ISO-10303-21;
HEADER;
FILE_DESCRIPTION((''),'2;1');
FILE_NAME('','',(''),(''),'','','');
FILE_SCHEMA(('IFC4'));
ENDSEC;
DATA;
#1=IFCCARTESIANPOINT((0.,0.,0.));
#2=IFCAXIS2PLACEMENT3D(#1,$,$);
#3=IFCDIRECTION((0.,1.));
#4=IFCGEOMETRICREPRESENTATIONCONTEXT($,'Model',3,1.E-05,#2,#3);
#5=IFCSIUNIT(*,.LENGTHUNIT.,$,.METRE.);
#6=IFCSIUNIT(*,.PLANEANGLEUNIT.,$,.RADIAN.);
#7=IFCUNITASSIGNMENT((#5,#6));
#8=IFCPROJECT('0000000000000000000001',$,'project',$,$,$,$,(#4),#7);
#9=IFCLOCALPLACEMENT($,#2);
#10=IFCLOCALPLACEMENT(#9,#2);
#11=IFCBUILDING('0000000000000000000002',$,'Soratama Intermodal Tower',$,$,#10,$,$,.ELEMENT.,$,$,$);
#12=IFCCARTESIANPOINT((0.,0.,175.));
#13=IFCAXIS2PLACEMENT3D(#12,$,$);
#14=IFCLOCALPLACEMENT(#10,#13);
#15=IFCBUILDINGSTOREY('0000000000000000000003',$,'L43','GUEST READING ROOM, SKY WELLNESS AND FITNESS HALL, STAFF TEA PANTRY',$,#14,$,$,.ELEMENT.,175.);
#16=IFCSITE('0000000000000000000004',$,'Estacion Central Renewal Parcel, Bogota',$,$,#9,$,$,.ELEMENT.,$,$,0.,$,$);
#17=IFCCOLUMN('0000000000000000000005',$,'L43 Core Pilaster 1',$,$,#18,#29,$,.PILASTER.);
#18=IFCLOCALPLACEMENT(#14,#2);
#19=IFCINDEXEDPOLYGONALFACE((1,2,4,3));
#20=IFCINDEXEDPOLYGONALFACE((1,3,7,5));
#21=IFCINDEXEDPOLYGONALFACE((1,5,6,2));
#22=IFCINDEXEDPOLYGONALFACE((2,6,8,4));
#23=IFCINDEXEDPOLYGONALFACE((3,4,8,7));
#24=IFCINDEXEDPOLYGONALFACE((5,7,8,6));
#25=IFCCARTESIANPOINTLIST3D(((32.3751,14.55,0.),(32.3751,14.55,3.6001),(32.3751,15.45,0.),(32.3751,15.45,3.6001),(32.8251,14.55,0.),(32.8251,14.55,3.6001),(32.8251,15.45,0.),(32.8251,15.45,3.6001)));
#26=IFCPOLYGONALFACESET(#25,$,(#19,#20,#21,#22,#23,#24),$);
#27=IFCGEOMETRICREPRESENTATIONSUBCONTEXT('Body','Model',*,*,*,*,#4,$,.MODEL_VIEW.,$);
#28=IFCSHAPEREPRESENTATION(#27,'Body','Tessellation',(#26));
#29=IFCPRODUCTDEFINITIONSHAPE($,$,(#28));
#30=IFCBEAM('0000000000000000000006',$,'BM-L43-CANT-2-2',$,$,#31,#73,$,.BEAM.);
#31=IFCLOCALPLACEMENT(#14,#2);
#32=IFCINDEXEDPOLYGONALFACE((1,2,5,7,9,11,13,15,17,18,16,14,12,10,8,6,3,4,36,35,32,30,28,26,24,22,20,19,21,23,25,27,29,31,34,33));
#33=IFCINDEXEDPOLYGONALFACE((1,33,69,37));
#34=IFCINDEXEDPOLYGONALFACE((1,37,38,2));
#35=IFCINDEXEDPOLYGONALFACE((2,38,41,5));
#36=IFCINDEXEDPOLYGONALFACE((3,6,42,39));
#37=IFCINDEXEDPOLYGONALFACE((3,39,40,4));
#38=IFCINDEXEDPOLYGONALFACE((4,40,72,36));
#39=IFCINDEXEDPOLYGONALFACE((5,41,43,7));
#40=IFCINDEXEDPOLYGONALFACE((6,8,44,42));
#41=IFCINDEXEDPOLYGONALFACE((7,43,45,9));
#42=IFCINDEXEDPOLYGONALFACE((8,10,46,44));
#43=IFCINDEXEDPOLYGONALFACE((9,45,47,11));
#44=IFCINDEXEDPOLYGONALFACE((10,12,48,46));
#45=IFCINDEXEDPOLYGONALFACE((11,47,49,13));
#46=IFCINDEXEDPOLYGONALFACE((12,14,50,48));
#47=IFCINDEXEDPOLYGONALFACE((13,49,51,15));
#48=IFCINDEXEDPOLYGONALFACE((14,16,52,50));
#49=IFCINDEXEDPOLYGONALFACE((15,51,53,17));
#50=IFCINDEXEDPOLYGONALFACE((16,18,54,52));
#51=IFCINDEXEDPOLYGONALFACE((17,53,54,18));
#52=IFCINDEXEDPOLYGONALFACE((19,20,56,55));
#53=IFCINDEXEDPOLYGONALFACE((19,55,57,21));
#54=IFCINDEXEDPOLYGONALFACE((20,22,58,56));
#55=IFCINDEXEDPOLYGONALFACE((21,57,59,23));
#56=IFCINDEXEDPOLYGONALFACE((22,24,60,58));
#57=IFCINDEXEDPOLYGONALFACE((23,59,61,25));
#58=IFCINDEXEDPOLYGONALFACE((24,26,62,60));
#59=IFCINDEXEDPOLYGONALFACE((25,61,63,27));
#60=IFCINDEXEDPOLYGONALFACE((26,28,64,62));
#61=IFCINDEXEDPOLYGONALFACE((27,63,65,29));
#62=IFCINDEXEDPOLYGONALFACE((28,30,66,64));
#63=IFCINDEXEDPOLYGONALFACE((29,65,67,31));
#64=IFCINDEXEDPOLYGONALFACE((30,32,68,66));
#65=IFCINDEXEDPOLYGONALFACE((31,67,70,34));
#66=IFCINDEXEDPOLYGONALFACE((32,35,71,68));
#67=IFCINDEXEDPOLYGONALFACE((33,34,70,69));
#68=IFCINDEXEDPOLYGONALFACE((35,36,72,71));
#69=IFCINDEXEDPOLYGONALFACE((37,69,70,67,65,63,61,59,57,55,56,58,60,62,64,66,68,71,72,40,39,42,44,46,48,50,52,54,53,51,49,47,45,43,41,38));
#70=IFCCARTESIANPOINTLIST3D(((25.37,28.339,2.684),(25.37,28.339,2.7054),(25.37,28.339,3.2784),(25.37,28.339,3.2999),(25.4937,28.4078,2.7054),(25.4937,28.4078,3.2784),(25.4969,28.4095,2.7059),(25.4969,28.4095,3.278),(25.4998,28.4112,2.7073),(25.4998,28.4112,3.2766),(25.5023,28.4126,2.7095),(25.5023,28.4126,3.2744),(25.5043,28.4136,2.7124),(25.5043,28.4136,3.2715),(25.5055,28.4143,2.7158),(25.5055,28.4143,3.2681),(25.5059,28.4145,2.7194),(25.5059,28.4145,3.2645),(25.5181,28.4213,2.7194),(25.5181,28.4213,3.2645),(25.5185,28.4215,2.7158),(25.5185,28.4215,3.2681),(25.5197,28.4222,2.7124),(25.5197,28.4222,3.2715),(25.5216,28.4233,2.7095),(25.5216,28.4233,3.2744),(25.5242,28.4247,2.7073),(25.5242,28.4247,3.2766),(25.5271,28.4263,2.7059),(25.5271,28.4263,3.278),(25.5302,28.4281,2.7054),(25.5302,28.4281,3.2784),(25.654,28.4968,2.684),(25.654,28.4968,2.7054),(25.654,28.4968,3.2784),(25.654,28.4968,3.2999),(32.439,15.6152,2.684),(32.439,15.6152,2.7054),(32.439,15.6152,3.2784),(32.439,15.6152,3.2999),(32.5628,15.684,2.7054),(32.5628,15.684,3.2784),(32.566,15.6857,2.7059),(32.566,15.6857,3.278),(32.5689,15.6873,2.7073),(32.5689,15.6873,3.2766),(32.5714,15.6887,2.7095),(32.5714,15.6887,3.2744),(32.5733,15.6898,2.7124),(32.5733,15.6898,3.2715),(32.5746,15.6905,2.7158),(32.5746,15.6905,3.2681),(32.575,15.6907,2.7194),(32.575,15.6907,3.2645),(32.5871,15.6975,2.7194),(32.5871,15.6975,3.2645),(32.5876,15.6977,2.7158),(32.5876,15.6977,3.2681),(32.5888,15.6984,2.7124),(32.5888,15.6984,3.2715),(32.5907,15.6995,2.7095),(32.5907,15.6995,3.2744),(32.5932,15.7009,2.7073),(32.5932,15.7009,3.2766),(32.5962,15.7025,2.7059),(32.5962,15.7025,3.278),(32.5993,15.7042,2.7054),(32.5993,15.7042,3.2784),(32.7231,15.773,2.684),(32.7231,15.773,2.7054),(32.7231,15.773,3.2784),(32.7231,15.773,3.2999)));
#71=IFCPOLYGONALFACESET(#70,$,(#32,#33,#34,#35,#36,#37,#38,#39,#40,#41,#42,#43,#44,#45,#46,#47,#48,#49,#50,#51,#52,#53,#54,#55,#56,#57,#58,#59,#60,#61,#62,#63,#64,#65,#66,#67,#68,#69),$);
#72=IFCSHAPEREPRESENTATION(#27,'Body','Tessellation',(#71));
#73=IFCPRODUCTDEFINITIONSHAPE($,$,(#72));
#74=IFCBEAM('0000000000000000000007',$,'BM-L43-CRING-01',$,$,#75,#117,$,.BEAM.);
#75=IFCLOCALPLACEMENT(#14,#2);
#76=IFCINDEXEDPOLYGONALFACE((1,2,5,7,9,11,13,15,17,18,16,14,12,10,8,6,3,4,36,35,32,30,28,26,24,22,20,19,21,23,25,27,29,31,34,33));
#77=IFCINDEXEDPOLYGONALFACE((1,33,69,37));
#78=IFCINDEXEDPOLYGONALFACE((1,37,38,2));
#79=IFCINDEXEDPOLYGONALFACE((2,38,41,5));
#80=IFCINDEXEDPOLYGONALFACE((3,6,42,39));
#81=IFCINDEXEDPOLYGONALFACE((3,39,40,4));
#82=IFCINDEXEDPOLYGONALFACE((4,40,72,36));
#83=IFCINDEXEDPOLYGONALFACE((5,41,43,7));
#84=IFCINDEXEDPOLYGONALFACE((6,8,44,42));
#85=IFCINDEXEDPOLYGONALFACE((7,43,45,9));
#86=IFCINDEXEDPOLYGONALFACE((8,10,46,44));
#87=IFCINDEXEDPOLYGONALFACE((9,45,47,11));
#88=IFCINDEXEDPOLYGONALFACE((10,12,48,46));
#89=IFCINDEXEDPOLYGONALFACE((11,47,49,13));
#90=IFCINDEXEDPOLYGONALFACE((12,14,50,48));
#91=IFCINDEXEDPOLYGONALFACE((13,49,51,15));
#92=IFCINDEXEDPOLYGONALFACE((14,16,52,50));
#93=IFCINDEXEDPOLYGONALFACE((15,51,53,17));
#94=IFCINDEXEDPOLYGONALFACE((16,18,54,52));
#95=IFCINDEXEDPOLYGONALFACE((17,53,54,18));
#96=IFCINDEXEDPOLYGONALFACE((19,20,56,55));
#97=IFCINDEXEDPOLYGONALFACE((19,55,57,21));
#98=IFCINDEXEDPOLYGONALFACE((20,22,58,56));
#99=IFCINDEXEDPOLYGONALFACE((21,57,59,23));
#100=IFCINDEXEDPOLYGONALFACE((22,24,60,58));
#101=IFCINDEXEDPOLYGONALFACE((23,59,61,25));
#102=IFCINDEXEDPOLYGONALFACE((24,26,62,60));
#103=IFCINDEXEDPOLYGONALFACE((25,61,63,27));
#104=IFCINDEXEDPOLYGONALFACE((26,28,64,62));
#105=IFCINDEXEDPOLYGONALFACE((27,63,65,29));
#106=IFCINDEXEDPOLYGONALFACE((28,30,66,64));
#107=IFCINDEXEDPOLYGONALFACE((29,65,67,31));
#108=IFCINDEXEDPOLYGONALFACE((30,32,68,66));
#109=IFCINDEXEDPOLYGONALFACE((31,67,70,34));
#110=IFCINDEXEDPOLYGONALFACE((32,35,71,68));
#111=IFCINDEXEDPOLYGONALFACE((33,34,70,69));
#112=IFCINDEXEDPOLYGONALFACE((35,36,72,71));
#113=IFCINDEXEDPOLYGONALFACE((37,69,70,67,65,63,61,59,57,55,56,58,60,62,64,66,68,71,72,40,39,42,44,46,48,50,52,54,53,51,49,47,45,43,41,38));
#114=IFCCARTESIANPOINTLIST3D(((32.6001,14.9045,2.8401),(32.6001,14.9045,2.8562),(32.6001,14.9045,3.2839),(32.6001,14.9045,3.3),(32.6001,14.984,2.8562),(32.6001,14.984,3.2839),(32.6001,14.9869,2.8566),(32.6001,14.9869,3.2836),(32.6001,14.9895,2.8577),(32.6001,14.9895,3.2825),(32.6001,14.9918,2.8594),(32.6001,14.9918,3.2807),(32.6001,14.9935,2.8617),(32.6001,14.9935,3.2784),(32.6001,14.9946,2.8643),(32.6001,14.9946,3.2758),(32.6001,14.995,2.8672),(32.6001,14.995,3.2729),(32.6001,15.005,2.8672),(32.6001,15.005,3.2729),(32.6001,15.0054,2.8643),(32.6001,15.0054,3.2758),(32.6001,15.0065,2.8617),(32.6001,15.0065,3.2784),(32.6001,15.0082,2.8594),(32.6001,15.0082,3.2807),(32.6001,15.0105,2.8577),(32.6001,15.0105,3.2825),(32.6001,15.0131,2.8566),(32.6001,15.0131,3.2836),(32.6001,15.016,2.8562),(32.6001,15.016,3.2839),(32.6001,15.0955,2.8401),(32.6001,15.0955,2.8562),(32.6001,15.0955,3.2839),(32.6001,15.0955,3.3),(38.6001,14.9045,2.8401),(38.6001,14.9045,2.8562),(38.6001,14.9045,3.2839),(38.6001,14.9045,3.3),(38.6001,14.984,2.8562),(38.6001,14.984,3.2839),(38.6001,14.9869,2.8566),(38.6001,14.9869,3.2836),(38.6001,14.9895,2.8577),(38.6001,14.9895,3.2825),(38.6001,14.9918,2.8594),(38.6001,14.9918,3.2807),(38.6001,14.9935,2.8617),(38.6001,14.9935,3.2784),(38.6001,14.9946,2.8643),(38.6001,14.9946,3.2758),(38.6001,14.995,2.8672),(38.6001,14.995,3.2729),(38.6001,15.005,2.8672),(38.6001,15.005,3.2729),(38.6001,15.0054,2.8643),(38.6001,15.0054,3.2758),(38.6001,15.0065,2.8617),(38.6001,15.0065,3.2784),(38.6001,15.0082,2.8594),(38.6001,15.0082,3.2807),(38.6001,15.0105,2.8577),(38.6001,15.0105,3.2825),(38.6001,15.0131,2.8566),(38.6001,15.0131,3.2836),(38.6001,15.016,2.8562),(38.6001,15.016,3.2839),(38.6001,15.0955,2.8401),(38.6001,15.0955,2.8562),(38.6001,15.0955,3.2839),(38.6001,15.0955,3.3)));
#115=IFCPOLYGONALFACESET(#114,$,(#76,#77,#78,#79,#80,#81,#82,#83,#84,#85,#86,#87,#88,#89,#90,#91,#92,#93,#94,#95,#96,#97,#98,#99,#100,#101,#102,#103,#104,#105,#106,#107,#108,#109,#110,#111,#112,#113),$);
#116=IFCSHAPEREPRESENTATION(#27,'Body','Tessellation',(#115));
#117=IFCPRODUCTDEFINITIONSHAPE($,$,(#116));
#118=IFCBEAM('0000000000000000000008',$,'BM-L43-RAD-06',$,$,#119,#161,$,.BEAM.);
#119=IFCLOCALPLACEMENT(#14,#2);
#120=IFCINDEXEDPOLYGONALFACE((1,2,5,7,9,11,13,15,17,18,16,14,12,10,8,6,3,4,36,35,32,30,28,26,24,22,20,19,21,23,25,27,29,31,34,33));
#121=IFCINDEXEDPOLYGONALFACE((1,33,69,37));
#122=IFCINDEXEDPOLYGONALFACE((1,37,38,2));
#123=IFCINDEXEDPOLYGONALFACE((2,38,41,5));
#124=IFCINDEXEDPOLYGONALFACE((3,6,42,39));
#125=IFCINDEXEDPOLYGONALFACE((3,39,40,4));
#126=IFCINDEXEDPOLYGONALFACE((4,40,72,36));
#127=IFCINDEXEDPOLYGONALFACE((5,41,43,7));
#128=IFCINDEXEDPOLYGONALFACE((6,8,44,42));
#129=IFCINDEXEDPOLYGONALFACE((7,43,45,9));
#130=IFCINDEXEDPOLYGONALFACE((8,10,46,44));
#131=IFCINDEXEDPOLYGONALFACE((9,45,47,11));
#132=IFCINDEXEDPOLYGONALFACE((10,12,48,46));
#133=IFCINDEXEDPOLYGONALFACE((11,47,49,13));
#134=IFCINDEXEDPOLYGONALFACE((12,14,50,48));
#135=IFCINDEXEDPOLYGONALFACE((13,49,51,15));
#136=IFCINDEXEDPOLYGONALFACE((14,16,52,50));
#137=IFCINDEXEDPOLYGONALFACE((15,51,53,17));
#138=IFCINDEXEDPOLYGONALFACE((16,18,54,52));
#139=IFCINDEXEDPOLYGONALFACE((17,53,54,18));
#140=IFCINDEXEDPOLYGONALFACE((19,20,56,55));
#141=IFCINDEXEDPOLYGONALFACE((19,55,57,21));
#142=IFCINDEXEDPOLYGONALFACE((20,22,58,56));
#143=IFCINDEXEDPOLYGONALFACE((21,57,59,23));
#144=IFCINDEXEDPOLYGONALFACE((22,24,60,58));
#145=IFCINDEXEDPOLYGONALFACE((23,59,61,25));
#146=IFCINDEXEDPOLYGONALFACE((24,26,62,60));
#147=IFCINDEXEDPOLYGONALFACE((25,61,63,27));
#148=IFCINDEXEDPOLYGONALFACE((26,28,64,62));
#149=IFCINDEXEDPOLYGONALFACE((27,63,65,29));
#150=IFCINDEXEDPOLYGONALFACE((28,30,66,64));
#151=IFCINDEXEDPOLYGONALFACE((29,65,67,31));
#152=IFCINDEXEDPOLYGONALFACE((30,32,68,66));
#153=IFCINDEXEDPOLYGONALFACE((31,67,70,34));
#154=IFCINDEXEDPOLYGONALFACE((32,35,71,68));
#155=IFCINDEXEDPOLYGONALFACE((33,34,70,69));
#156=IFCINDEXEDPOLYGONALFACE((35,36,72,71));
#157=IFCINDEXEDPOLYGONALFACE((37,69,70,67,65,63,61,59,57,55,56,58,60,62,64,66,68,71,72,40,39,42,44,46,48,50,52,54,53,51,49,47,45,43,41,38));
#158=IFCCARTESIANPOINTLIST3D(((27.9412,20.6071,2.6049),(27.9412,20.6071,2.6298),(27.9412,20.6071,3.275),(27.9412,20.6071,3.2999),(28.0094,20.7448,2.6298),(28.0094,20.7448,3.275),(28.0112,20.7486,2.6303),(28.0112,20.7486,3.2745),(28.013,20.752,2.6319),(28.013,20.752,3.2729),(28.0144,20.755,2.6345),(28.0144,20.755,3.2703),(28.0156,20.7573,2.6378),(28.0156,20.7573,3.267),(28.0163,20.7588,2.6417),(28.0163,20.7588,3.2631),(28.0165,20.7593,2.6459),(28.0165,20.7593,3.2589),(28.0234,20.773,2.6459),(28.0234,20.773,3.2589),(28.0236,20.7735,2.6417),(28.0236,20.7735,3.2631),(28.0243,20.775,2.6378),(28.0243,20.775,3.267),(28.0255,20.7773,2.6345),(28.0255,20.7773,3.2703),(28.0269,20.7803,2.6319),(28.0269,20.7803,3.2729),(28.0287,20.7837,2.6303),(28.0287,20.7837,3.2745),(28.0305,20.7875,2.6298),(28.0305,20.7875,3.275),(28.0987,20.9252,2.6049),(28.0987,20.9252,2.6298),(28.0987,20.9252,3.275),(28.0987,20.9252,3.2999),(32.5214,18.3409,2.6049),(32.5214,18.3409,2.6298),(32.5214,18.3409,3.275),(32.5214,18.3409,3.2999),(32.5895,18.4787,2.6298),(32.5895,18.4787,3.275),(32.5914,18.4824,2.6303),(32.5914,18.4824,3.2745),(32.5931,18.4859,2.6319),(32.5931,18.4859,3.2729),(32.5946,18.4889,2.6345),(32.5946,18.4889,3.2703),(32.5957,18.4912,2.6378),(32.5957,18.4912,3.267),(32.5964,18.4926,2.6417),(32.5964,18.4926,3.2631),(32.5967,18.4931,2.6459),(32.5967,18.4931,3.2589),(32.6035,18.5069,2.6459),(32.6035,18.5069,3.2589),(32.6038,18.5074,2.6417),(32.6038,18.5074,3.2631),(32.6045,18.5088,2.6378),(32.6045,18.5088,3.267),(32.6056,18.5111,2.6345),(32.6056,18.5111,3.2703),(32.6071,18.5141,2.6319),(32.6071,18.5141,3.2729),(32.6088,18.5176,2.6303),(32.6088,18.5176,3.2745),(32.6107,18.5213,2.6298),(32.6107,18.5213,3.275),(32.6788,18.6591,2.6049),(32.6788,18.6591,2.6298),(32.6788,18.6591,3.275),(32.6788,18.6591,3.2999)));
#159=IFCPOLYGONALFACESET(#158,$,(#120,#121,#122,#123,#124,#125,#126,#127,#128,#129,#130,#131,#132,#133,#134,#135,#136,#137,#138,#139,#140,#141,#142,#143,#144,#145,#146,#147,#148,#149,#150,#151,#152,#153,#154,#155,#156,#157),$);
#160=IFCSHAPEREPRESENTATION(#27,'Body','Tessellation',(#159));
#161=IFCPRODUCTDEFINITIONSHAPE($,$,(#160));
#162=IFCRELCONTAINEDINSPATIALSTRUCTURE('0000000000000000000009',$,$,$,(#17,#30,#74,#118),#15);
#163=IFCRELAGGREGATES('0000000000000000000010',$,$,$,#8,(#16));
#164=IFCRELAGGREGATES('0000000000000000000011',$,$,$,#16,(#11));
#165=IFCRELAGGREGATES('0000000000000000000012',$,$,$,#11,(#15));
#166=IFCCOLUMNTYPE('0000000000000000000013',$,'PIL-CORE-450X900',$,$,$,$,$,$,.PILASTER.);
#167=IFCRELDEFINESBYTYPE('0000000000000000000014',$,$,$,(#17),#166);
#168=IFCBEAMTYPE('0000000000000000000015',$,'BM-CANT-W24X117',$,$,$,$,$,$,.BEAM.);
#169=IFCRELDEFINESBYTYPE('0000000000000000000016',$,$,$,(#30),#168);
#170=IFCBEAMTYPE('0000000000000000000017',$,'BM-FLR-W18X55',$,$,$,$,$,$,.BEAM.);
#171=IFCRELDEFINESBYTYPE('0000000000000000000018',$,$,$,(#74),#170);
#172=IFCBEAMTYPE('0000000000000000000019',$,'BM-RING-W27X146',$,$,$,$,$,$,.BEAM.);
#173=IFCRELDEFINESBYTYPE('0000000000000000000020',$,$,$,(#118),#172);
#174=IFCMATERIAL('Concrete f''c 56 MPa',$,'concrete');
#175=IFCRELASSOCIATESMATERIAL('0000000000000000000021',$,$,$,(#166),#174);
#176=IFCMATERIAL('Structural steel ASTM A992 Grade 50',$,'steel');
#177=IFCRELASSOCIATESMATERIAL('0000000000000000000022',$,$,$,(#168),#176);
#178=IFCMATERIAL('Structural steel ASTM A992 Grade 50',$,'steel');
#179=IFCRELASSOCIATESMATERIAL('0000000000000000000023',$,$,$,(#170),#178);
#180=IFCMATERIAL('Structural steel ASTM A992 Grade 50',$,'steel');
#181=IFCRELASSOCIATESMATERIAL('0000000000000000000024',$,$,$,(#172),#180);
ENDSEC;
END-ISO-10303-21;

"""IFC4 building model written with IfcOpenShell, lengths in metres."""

from ifc_helpers import new_model, si_unit, direction, frame, origin, origin_2d, place, context, subcontext, project, spatial, rectangle, i_section, extrude, material, material_profile, profile_set, type_object, element, save


model = new_model("IFC4")

# Units and contexts
model_context = context("Model", 3, precision=1e-05, world=origin(), true_north=direction((0.0, 1.0)))
body_context = subcontext(model_context, "Body", "Model", "MODEL_VIEW")
ifc_project = project(units=[si_unit("LENGTHUNIT", "METRE"), si_unit("PLANEANGLEUNIT", "RADIAN")], contexts=[model_context])

# Site, building, storey
site_placement = place(None, origin())
site = spatial("IfcSite", under=ifc_project, at=site_placement, Name="Estacion Central Renewal Parcel, Bogota", CompositionType="ELEMENT", RefElevation=0.0)
building_placement = place(site_placement, origin())
building = spatial("IfcBuilding", under=site, at=building_placement, Name="Soratama Intermodal Tower", CompositionType="ELEMENT")
storey_placement = place(building_placement, frame((0.0, 0.0, 175.0)))
storey = spatial("IfcBuildingStorey", under=building, at=storey_placement, Name="L43", Description="GUEST READING ROOM, SKY WELLNESS AND FITNESS HALL, STAFF TEA PANTRY", CompositionType="ELEMENT", Elevation=175.0)

# Column
ifc_material_1 = material(Name="Concrete f'c 56 MPa", Category="concrete")
ifc_material_profile_1 = material_profile(ifc_material_1, rectangle(XDim=0.45, YDim=0.8999, at=origin_2d()), Name="RC450X900")
ifc_profile_set_1 = profile_set([ifc_material_profile_1], Name="Concrete f'c 56 MPa")
column_type = type_object("IfcColumnType", Name="PIL-CORE-450X900", PredefinedType="PILASTER", material=ifc_profile_set_1)
column_placement = place(storey_placement, frame((32.6001, 15.0, 0.0), z_axis=(0.0, 0.0, 1.0), x_axis=(1.0, 0.0, 0.0)))
element("IfcColumn", 1, at=column_placement, inside=storey, type_object=column_type, Name="L43 Core Pilaster 1", PredefinedType="PILASTER", context=body_context, shape_type="SweptSolid", body=[
    extrude(rectangle(XDim=0.45, YDim=0.8999, at=origin_2d()), origin(), (0.0, 0.0, 1.0), 3.6001),
])

# Beams
ifc_material_2 = material(Name="Structural steel ASTM A992 Grade 50", Category="steel")
ifc_material_profile_2 = material_profile(ifc_material_2, i_section(OverallWidth=0.325, OverallDepth=0.616, WebThickness=0.0139, FlangeThickness=0.0215, FilletRadius=0.0139, at=origin_2d()), Name="W24X117")
ifc_profile_set_2 = profile_set([ifc_material_profile_2], Name="Structural steel ASTM A992 Grade 50")
beam_type_1 = type_object("IfcBeamType", Name="BM-CANT-W24X117", PredefinedType="BEAM", material=ifc_profile_set_2)
beam_1_placement = place(storey_placement, frame((32.5811, 15.6941, 2.9919), z_axis=(-0.485657, 0.874149, 0.0), x_axis=(-0.874149, -0.485657, 0.0)))
element("IfcBeam", 2, at=beam_1_placement, inside=storey, type_object=beam_type_1, Name="BM-L43-CANT-2-2", PredefinedType="BEAM", context=body_context, shape_type="SweptSolid", body=[
    extrude(i_section(OverallWidth=0.325, OverallDepth=0.616, WebThickness=0.0139, FlangeThickness=0.0215, FilletRadius=0.0139, at=origin_2d()), origin(), (0.0, 0.0, 1.0), 14.5557),
])
ifc_material_3 = material(Name="Structural steel ASTM A992 Grade 50", Category="steel")
ifc_material_profile_3 = material_profile(ifc_material_3, i_section(OverallWidth=0.1909, OverallDepth=0.46, WebThickness=0.01, FlangeThickness=0.0161, FilletRadius=0.011, at=origin_2d()), Name="W18X55")
ifc_profile_set_3 = profile_set([ifc_material_profile_3], Name="Structural steel ASTM A992 Grade 50")
beam_type_2 = type_object("IfcBeamType", Name="BM-FLR-W18X55", PredefinedType="BEAM", material=ifc_profile_set_3)
beam_2_placement = place(storey_placement, frame((32.6001, 15.0, 3.0701), z_axis=(1.0, 0.0, 0.0), x_axis=(0.0, 1.0, 0.0)))
element("IfcBeam", 3, at=beam_2_placement, inside=storey, type_object=beam_type_2, Name="BM-L43-CRING-01", PredefinedType="BEAM", context=body_context, shape_type="SweptSolid", body=[
    extrude(i_section(OverallWidth=0.1909, OverallDepth=0.46, WebThickness=0.01, FlangeThickness=0.0161, FilletRadius=0.011, at=origin_2d()), origin(), (0.0, 0.0, 1.0), 6.0),
])
ifc_material_4 = material(Name="Structural steel ASTM A992 Grade 50", Category="steel")
ifc_material_profile_4 = material_profile(ifc_material_4, i_section(OverallWidth=0.355, OverallDepth=0.6951, WebThickness=0.0154, FlangeThickness=0.0249, FilletRadius=0.0161, at=origin_2d()), Name="W27X146")
ifc_profile_set_4 = profile_set([ifc_material_profile_4], Name="Structural steel ASTM A992 Grade 50")
beam_type_3 = type_object("IfcBeamType", Name="BM-RING-W27X146", PredefinedType="BEAM", material=ifc_profile_set_4)
beam_3_placement = place(storey_placement, frame((32.6001, 18.5, 2.9524), z_axis=(-0.896292, 0.443464, 0.0), x_axis=(-0.443464, -0.896292, 0.0)))
element("IfcBeam", 4, at=beam_3_placement, inside=storey, type_object=beam_type_3, Name="BM-L43-RAD-06", PredefinedType="BEAM", context=body_context, shape_type="SweptSolid", body=[
    extrude(i_section(OverallWidth=0.355, OverallDepth=0.6951, WebThickness=0.0154, FlangeThickness=0.0249, FilletRadius=0.0161, at=origin_2d()), origin(), (0.0, 0.0, 1.0), 5.1101),
])

save(model, "model.ifc")
